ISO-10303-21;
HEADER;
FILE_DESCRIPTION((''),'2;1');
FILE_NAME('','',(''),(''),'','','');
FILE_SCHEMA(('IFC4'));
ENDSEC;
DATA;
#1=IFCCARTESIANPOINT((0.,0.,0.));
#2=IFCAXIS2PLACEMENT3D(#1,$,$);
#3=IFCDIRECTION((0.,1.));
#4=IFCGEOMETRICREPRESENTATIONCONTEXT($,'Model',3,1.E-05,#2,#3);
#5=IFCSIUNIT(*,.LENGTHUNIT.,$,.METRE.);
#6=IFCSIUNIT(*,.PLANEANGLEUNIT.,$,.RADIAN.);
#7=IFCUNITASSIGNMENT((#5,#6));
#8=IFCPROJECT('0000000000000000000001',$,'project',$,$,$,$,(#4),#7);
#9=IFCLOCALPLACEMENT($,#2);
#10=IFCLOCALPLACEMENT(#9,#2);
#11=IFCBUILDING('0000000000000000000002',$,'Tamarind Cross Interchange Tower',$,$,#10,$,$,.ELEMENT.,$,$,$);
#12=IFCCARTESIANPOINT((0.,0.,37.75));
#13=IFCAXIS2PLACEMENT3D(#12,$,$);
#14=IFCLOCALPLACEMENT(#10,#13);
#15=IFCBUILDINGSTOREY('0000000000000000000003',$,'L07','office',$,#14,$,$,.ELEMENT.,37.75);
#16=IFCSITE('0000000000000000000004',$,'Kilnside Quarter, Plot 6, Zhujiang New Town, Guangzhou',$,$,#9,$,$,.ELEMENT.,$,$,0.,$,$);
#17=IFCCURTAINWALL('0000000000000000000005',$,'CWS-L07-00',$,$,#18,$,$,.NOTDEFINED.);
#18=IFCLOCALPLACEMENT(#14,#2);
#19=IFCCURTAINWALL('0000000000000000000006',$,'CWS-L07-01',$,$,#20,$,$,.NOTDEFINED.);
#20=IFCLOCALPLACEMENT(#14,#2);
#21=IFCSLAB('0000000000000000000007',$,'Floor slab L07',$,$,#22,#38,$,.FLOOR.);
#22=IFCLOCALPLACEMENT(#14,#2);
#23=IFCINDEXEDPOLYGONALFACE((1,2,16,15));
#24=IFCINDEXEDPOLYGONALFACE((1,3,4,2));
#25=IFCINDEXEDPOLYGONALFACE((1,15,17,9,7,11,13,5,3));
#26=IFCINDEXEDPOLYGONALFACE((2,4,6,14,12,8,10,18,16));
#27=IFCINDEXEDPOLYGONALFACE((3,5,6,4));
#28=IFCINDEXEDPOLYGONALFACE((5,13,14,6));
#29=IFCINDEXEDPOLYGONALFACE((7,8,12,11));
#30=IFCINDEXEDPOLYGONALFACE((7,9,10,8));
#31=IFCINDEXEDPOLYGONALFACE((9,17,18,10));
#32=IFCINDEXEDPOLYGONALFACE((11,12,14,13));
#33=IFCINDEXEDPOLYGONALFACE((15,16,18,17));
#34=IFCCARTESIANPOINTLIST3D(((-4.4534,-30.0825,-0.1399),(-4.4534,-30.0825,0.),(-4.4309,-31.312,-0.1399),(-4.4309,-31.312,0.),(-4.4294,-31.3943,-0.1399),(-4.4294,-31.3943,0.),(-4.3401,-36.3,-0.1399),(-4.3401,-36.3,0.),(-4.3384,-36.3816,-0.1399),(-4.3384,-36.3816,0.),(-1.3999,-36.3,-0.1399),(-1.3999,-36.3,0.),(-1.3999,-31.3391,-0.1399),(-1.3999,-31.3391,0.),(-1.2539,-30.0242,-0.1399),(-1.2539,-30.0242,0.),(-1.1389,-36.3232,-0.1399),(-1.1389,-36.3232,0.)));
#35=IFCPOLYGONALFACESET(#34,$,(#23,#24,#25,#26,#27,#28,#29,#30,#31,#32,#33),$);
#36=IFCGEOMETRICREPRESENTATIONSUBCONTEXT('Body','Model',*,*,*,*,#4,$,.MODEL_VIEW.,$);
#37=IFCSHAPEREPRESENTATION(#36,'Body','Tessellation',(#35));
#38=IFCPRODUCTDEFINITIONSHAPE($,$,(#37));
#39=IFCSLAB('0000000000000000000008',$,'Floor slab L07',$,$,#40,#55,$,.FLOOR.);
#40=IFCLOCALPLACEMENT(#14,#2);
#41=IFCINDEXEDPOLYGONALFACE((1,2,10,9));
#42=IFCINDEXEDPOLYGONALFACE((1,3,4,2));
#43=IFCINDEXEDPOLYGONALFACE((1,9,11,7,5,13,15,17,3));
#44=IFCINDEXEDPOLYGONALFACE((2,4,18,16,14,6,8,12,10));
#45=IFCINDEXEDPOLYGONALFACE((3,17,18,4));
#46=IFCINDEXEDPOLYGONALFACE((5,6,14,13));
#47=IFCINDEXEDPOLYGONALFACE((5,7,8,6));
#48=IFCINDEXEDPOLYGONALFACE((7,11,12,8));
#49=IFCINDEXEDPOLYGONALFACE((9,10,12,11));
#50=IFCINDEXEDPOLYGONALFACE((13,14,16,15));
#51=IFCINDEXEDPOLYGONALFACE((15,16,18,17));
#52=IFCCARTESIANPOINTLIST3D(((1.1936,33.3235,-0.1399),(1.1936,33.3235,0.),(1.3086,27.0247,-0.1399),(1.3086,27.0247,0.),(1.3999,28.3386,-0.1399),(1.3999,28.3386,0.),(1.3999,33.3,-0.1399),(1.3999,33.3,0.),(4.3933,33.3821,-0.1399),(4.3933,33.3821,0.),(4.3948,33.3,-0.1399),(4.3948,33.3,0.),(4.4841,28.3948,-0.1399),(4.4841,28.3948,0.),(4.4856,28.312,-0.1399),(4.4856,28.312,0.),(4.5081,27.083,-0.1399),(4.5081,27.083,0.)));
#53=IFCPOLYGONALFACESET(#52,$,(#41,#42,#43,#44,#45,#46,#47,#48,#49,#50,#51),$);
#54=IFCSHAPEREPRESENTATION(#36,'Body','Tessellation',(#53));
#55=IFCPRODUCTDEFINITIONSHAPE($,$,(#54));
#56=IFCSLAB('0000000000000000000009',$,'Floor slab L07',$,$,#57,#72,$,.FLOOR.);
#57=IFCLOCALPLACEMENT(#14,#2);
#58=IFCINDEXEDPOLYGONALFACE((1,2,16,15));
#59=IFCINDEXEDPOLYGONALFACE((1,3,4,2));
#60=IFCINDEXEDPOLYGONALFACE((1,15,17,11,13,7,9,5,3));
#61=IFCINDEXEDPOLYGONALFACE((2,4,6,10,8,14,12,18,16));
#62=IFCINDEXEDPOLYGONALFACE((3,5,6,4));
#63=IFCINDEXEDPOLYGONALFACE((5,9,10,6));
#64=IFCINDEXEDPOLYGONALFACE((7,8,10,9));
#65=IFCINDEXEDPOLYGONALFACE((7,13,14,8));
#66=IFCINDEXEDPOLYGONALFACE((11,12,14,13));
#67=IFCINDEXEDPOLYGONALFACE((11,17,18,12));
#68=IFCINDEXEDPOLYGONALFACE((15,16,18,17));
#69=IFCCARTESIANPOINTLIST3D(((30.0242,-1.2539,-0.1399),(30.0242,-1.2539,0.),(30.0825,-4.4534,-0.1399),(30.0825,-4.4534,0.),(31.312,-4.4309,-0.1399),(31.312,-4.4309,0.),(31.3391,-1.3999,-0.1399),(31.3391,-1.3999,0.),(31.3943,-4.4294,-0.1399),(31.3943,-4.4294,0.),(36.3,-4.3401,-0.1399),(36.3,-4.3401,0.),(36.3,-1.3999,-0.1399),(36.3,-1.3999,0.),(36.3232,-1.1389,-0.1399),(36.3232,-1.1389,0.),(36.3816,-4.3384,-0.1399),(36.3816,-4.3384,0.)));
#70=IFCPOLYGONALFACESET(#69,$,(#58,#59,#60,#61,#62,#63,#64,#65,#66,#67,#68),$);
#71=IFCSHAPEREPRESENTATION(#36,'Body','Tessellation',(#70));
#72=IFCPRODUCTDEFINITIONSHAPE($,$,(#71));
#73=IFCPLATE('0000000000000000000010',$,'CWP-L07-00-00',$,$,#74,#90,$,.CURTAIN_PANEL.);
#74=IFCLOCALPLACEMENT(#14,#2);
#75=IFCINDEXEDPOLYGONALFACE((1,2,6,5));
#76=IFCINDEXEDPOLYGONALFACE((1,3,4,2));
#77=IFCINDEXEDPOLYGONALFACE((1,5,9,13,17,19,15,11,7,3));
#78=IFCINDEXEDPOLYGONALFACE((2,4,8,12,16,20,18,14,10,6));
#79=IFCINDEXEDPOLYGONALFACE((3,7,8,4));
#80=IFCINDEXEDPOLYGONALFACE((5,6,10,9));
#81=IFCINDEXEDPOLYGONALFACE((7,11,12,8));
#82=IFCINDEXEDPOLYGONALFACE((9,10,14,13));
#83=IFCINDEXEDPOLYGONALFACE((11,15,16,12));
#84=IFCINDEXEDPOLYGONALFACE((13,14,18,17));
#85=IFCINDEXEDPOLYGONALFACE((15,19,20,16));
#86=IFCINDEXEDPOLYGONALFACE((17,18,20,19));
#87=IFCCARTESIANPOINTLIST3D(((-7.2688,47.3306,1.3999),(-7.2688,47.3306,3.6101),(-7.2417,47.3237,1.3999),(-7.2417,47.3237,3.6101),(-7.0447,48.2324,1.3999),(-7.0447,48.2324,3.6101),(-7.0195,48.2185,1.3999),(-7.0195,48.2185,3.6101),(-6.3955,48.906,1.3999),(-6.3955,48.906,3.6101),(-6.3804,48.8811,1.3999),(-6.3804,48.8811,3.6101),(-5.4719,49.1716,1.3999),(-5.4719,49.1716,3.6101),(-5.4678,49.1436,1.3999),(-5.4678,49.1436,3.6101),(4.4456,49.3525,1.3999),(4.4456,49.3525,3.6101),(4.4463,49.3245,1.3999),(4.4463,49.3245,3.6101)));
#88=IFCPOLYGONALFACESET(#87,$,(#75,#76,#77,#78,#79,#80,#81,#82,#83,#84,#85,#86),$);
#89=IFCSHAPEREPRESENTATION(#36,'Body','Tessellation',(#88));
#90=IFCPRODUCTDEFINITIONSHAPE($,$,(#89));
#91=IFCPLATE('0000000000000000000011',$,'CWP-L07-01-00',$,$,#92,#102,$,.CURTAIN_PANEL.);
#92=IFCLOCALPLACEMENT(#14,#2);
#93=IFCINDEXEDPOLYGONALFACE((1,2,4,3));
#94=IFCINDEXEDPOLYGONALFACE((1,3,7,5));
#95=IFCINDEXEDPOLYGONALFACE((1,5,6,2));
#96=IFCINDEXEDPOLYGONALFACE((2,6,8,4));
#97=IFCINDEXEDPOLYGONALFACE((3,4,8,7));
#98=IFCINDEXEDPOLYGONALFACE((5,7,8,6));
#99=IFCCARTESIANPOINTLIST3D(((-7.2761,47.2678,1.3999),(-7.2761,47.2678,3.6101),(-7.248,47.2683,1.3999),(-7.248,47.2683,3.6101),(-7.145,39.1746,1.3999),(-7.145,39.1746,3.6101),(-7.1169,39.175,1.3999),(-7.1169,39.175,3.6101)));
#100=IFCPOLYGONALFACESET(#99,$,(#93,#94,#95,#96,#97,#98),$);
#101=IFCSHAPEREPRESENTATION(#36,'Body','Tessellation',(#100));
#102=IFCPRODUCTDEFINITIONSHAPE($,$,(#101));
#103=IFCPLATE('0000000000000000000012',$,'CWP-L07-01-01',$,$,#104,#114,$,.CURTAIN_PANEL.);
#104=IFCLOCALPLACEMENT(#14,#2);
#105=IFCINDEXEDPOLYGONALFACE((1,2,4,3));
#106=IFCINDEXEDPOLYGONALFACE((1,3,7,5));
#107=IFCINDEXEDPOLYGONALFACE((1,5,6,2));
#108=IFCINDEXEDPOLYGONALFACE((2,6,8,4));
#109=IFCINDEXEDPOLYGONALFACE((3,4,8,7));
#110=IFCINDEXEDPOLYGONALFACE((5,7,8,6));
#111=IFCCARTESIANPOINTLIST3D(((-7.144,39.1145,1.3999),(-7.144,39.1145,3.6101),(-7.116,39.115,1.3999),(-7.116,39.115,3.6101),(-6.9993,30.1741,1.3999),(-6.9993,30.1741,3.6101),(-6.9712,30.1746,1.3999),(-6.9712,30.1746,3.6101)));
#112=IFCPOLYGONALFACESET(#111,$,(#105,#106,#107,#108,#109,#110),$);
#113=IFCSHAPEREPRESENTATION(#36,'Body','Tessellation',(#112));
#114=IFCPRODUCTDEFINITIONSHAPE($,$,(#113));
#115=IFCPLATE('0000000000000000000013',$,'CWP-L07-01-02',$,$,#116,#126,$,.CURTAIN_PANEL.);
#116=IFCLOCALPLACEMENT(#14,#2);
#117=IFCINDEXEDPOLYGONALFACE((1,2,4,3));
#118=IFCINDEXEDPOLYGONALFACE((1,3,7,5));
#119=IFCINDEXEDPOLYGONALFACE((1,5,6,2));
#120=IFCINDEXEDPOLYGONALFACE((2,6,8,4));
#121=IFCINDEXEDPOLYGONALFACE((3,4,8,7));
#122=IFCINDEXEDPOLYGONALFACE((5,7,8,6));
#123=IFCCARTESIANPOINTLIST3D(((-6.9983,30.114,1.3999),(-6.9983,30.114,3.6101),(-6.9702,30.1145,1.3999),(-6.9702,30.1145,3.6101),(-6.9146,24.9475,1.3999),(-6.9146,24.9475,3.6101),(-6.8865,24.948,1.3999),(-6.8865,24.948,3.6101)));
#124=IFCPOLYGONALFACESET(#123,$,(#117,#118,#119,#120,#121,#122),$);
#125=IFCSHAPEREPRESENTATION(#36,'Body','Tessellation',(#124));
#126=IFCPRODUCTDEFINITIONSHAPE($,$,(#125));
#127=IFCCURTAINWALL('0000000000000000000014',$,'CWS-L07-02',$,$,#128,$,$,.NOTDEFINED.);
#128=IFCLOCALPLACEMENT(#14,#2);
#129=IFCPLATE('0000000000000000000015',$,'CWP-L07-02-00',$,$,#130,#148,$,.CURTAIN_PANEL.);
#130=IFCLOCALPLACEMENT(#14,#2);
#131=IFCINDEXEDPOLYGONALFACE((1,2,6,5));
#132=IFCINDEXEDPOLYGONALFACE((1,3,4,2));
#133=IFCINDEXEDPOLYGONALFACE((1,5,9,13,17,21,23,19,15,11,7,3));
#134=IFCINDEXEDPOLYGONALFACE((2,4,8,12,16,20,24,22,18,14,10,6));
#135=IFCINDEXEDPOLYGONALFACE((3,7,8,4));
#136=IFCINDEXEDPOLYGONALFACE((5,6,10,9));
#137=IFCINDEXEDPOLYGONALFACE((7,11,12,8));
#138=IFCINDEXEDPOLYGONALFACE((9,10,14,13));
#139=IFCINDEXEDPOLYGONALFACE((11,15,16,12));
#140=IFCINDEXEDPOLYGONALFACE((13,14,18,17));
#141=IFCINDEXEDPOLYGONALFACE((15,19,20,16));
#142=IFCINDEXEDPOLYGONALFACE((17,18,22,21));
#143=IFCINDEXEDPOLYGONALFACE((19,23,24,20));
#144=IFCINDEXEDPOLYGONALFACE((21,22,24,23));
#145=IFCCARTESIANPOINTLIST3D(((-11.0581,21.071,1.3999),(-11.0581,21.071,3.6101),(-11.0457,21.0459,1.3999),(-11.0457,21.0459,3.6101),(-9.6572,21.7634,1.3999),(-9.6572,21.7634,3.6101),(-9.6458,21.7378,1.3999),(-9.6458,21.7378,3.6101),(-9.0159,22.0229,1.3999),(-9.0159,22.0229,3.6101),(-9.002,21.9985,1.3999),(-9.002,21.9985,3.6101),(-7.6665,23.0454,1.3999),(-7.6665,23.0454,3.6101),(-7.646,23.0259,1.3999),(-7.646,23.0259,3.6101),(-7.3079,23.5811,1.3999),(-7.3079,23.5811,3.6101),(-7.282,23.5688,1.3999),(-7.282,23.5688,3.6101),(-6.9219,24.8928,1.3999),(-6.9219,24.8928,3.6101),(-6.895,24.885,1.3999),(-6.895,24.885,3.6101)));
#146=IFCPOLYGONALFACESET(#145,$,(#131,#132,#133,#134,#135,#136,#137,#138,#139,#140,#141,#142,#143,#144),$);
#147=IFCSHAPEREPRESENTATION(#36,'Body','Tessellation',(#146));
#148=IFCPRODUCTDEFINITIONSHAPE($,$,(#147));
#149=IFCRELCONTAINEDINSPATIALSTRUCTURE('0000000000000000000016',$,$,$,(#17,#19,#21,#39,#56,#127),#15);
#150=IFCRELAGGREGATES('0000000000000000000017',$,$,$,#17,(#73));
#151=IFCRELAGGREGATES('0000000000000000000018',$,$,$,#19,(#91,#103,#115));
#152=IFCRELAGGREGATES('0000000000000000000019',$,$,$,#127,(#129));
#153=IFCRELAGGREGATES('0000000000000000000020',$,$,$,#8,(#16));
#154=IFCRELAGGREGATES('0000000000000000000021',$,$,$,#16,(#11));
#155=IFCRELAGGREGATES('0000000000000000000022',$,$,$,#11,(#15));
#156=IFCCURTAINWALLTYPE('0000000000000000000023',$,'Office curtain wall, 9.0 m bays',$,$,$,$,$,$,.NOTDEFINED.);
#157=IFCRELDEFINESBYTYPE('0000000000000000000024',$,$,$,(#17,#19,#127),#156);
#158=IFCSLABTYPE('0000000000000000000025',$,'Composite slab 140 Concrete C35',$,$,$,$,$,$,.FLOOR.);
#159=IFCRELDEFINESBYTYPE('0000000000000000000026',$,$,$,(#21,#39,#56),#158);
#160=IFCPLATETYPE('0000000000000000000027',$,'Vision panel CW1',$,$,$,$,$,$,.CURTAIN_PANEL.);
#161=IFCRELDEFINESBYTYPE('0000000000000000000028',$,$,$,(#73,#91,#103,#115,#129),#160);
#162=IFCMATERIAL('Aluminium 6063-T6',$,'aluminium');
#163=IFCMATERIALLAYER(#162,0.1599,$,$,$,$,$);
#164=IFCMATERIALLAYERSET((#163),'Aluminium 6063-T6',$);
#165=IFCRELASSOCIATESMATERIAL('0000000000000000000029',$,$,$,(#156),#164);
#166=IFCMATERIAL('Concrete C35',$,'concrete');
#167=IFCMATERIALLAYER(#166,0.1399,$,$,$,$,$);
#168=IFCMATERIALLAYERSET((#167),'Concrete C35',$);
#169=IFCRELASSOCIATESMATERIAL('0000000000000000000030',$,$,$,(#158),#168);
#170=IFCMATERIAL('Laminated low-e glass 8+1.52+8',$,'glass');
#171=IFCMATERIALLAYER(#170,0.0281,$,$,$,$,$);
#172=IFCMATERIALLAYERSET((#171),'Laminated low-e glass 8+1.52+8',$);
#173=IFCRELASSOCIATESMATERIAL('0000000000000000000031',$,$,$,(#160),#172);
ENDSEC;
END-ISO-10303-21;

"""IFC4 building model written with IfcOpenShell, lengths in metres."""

from ifc_helpers import new_model, si_unit, direction, frame, origin, place, context, subcontext, project, spatial, polyline, outline, extrude, material, layer, layer_set, type_object, element, aggregate, save


model = new_model("IFC4")

# Units and contexts
model_context = context("Model", 3, precision=1e-05, world=origin(), true_north=direction((0.0, 1.0)))
body_context = subcontext(model_context, "Body", "Model", "MODEL_VIEW")
ifc_project = project(units=[si_unit("LENGTHUNIT", "METRE"), si_unit("PLANEANGLEUNIT", "RADIAN")], contexts=[model_context])

# Site, building, storey
site_placement = place(None, origin())
site = spatial("IfcSite", under=ifc_project, at=site_placement, Name="Kilnside Quarter, Plot 6, Zhujiang New Town, Guangzhou", CompositionType="ELEMENT", RefElevation=0.0)
building_placement = place(site_placement, origin())
building = spatial("IfcBuilding", under=site, at=building_placement, Name="Tamarind Cross Interchange Tower", CompositionType="ELEMENT")
storey_placement = place(building_placement, frame((0.0, 0.0, 37.75)))
storey = spatial("IfcBuildingStorey", under=building, at=storey_placement, Name="L07", Description="office", CompositionType="ELEMENT", Elevation=37.75)

# Curtain walls
ifc_material_1 = material(Name="Aluminium 6063-T6", Category="aluminium")
ifc_layer_1 = layer(ifc_material_1, 0.1599)
ifc_layer_set_1 = layer_set([ifc_layer_1], Name="Aluminium 6063-T6")
curtain_wall_type = type_object("IfcCurtainWallType", Name="Office curtain wall, 9.0 m bays", PredefinedType="NOTDEFINED", material=ifc_layer_set_1)
curtain_wall_1_placement = place(storey_placement, origin())
curtain_wall_1 = element("IfcCurtainWall", 1, at=curtain_wall_1_placement, inside=storey, type_object=curtain_wall_type, Name="CWS-L07-00", PredefinedType="NOTDEFINED")
curtain_wall_2_placement = place(storey_placement, origin())
curtain_wall_2 = element("IfcCurtainWall", 2, at=curtain_wall_2_placement, inside=storey, type_object=curtain_wall_type, Name="CWS-L07-01", PredefinedType="NOTDEFINED")

# Slabs
ifc_material_2 = material(Name="Concrete C35", Category="concrete")
ifc_layer_2 = layer(ifc_material_2, 0.1399)
ifc_layer_set_2 = layer_set([ifc_layer_2], Name="Concrete C35")
slab_type = type_object("IfcSlabType", Name="Composite slab 140 Concrete C35", PredefinedType="FLOOR", material=ifc_layer_set_2)
slab_1_placement = place(storey_placement, frame((0.0, 0.0, -0.1399)))
element("IfcSlab", 3, at=slab_1_placement, inside=storey, type_object=slab_type, Name="Floor slab L07", PredefinedType="FLOOR", context=body_context, shape_type="SweptSolid", body=[
    extrude(outline(polyline([(-4.3384, -36.3816), (-1.1389, -36.3232), (-1.2539, -30.0242), (-4.4534, -30.0825), (-4.4309, -31.312), (-4.4294, -31.3943), (-1.3999, -31.3391), (-1.3999, -36.3), (-4.3401, -36.3), (-4.3384, -36.3816)])), origin(), (0.0, 0.0, 1.0), 0.1399),
])
slab_2_placement = place(storey_placement, frame((0.0, 0.0, -0.1399)))
element("IfcSlab", 4, at=slab_2_placement, inside=storey, type_object=slab_type, Name="Floor slab L07", PredefinedType="FLOOR", context=body_context, shape_type="SweptSolid", body=[
    extrude(outline(polyline([(1.3086, 27.0247), (4.5081, 27.083), (4.4856, 28.312), (4.4841, 28.3948), (1.3999, 28.3386), (1.3999, 33.3), (4.3948, 33.3), (4.3933, 33.3821), (1.1936, 33.3235), (1.3086, 27.0247)])), origin(), (0.0, 0.0, 1.0), 0.1399),
])
slab_3_placement = place(storey_placement, frame((0.0, 0.0, -0.1399)))
element("IfcSlab", 5, at=slab_3_placement, inside=storey, type_object=slab_type, Name="Floor slab L07", PredefinedType="FLOOR", context=body_context, shape_type="SweptSolid", body=[
    extrude(outline(polyline([(36.3, -1.3999), (36.3, -4.3401), (36.3816, -4.3384), (36.3232, -1.1389), (30.0242, -1.2539), (30.0825, -4.4534), (31.312, -4.4309), (31.3943, -4.4294), (31.3391, -1.3999), (36.3, -1.3999)])), origin(), (0.0, 0.0, 1.0), 0.1399),
])

# Plates
ifc_material_3 = material(Name="Laminated low-e glass 8+1.52+8", Category="glass")
ifc_layer_3 = layer(ifc_material_3, 0.0281)
ifc_layer_set_3 = layer_set([ifc_layer_3], Name="Laminated low-e glass 8+1.52+8")
plate_type = type_object("IfcPlateType", Name="Vision panel CW1", PredefinedType="CURTAIN_PANEL", material=ifc_layer_set_3)
plate_1_placement = place(storey_placement, frame((0.0, 0.0, 1.3999)))
plate_1 = element("IfcPlate", 6, at=plate_1_placement, type_object=plate_type, Name="CWP-L07-00-00", PredefinedType="CURTAIN_PANEL", context=body_context, shape_type="SweptSolid", body=[
    extrude(outline(polyline([(4.4463, 49.3245), (-5.4678, 49.1436), (-6.3804, 48.8811), (-7.0195, 48.2185), (-7.2417, 47.3237), (-7.2688, 47.3306), (-7.0447, 48.2324), (-6.3955, 48.906), (-5.4719, 49.1716), (4.4456, 49.3525), (4.4463, 49.3245)])), origin(), (0.0, 0.0, 1.0), 2.2102),
])
aggregate(curtain_wall_1, [plate_1])
plate_2_placement = place(storey_placement, frame((0.0, 0.0, 1.3999)))
plate_2 = element("IfcPlate", 7, at=plate_2_placement, type_object=plate_type, Name="CWP-L07-01-00", PredefinedType="CURTAIN_PANEL", context=body_context, shape_type="SweptSolid", body=[
    extrude(outline(polyline([(-7.248, 47.2683), (-7.1169, 39.175), (-7.145, 39.1746), (-7.2761, 47.2678), (-7.248, 47.2683)])), origin(), (0.0, 0.0, 1.0), 2.2102),
])
plate_3_placement = place(storey_placement, frame((0.0, 0.0, 1.3999)))
plate_3 = element("IfcPlate", 8, at=plate_3_placement, type_object=plate_type, Name="CWP-L07-01-01", PredefinedType="CURTAIN_PANEL", context=body_context, shape_type="SweptSolid", body=[
    extrude(outline(polyline([(-7.116, 39.115), (-6.9712, 30.1746), (-6.9993, 30.1741), (-7.144, 39.1145), (-7.116, 39.115)])), origin(), (0.0, 0.0, 1.0), 2.2102),
])
plate_4_placement = place(storey_placement, frame((0.0, 0.0, 1.3999)))
plate_4 = element("IfcPlate", 9, at=plate_4_placement, type_object=plate_type, Name="CWP-L07-01-02", PredefinedType="CURTAIN_PANEL", context=body_context, shape_type="SweptSolid", body=[
    extrude(outline(polyline([(-6.9702, 30.1145), (-6.8865, 24.948), (-6.9146, 24.9475), (-6.9983, 30.114), (-6.9702, 30.1145)])), origin(), (0.0, 0.0, 1.0), 2.2102),
])
aggregate(curtain_wall_2, [plate_2, plate_3, plate_4])

# Curtain wall, plate
curtain_wall_3_placement = place(storey_placement, origin())
curtain_wall_3 = element("IfcCurtainWall", 10, at=curtain_wall_3_placement, inside=storey, type_object=curtain_wall_type, Name="CWS-L07-02", PredefinedType="NOTDEFINED")
plate_5_placement = place(storey_placement, frame((0.0, 0.0, 1.3999)))
plate_5 = element("IfcPlate", 11, at=plate_5_placement, type_object=plate_type, Name="CWP-L07-02-00", PredefinedType="CURTAIN_PANEL", context=body_context, shape_type="SweptSolid", body=[
    extrude(outline(polyline([(-6.895, 24.885), (-7.282, 23.5688), (-7.646, 23.0259), (-9.002, 21.9985), (-9.6458, 21.7378), (-11.0457, 21.0459), (-11.0581, 21.071), (-9.6572, 21.7634), (-9.0159, 22.0229), (-7.6665, 23.0454), (-7.3079, 23.5811), (-6.9219, 24.8928), (-6.895, 24.885)])), origin(), (0.0, 0.0, 1.0), 2.2102),
])
aggregate(curtain_wall_3, [plate_5])

save(model, "model.ifc")
